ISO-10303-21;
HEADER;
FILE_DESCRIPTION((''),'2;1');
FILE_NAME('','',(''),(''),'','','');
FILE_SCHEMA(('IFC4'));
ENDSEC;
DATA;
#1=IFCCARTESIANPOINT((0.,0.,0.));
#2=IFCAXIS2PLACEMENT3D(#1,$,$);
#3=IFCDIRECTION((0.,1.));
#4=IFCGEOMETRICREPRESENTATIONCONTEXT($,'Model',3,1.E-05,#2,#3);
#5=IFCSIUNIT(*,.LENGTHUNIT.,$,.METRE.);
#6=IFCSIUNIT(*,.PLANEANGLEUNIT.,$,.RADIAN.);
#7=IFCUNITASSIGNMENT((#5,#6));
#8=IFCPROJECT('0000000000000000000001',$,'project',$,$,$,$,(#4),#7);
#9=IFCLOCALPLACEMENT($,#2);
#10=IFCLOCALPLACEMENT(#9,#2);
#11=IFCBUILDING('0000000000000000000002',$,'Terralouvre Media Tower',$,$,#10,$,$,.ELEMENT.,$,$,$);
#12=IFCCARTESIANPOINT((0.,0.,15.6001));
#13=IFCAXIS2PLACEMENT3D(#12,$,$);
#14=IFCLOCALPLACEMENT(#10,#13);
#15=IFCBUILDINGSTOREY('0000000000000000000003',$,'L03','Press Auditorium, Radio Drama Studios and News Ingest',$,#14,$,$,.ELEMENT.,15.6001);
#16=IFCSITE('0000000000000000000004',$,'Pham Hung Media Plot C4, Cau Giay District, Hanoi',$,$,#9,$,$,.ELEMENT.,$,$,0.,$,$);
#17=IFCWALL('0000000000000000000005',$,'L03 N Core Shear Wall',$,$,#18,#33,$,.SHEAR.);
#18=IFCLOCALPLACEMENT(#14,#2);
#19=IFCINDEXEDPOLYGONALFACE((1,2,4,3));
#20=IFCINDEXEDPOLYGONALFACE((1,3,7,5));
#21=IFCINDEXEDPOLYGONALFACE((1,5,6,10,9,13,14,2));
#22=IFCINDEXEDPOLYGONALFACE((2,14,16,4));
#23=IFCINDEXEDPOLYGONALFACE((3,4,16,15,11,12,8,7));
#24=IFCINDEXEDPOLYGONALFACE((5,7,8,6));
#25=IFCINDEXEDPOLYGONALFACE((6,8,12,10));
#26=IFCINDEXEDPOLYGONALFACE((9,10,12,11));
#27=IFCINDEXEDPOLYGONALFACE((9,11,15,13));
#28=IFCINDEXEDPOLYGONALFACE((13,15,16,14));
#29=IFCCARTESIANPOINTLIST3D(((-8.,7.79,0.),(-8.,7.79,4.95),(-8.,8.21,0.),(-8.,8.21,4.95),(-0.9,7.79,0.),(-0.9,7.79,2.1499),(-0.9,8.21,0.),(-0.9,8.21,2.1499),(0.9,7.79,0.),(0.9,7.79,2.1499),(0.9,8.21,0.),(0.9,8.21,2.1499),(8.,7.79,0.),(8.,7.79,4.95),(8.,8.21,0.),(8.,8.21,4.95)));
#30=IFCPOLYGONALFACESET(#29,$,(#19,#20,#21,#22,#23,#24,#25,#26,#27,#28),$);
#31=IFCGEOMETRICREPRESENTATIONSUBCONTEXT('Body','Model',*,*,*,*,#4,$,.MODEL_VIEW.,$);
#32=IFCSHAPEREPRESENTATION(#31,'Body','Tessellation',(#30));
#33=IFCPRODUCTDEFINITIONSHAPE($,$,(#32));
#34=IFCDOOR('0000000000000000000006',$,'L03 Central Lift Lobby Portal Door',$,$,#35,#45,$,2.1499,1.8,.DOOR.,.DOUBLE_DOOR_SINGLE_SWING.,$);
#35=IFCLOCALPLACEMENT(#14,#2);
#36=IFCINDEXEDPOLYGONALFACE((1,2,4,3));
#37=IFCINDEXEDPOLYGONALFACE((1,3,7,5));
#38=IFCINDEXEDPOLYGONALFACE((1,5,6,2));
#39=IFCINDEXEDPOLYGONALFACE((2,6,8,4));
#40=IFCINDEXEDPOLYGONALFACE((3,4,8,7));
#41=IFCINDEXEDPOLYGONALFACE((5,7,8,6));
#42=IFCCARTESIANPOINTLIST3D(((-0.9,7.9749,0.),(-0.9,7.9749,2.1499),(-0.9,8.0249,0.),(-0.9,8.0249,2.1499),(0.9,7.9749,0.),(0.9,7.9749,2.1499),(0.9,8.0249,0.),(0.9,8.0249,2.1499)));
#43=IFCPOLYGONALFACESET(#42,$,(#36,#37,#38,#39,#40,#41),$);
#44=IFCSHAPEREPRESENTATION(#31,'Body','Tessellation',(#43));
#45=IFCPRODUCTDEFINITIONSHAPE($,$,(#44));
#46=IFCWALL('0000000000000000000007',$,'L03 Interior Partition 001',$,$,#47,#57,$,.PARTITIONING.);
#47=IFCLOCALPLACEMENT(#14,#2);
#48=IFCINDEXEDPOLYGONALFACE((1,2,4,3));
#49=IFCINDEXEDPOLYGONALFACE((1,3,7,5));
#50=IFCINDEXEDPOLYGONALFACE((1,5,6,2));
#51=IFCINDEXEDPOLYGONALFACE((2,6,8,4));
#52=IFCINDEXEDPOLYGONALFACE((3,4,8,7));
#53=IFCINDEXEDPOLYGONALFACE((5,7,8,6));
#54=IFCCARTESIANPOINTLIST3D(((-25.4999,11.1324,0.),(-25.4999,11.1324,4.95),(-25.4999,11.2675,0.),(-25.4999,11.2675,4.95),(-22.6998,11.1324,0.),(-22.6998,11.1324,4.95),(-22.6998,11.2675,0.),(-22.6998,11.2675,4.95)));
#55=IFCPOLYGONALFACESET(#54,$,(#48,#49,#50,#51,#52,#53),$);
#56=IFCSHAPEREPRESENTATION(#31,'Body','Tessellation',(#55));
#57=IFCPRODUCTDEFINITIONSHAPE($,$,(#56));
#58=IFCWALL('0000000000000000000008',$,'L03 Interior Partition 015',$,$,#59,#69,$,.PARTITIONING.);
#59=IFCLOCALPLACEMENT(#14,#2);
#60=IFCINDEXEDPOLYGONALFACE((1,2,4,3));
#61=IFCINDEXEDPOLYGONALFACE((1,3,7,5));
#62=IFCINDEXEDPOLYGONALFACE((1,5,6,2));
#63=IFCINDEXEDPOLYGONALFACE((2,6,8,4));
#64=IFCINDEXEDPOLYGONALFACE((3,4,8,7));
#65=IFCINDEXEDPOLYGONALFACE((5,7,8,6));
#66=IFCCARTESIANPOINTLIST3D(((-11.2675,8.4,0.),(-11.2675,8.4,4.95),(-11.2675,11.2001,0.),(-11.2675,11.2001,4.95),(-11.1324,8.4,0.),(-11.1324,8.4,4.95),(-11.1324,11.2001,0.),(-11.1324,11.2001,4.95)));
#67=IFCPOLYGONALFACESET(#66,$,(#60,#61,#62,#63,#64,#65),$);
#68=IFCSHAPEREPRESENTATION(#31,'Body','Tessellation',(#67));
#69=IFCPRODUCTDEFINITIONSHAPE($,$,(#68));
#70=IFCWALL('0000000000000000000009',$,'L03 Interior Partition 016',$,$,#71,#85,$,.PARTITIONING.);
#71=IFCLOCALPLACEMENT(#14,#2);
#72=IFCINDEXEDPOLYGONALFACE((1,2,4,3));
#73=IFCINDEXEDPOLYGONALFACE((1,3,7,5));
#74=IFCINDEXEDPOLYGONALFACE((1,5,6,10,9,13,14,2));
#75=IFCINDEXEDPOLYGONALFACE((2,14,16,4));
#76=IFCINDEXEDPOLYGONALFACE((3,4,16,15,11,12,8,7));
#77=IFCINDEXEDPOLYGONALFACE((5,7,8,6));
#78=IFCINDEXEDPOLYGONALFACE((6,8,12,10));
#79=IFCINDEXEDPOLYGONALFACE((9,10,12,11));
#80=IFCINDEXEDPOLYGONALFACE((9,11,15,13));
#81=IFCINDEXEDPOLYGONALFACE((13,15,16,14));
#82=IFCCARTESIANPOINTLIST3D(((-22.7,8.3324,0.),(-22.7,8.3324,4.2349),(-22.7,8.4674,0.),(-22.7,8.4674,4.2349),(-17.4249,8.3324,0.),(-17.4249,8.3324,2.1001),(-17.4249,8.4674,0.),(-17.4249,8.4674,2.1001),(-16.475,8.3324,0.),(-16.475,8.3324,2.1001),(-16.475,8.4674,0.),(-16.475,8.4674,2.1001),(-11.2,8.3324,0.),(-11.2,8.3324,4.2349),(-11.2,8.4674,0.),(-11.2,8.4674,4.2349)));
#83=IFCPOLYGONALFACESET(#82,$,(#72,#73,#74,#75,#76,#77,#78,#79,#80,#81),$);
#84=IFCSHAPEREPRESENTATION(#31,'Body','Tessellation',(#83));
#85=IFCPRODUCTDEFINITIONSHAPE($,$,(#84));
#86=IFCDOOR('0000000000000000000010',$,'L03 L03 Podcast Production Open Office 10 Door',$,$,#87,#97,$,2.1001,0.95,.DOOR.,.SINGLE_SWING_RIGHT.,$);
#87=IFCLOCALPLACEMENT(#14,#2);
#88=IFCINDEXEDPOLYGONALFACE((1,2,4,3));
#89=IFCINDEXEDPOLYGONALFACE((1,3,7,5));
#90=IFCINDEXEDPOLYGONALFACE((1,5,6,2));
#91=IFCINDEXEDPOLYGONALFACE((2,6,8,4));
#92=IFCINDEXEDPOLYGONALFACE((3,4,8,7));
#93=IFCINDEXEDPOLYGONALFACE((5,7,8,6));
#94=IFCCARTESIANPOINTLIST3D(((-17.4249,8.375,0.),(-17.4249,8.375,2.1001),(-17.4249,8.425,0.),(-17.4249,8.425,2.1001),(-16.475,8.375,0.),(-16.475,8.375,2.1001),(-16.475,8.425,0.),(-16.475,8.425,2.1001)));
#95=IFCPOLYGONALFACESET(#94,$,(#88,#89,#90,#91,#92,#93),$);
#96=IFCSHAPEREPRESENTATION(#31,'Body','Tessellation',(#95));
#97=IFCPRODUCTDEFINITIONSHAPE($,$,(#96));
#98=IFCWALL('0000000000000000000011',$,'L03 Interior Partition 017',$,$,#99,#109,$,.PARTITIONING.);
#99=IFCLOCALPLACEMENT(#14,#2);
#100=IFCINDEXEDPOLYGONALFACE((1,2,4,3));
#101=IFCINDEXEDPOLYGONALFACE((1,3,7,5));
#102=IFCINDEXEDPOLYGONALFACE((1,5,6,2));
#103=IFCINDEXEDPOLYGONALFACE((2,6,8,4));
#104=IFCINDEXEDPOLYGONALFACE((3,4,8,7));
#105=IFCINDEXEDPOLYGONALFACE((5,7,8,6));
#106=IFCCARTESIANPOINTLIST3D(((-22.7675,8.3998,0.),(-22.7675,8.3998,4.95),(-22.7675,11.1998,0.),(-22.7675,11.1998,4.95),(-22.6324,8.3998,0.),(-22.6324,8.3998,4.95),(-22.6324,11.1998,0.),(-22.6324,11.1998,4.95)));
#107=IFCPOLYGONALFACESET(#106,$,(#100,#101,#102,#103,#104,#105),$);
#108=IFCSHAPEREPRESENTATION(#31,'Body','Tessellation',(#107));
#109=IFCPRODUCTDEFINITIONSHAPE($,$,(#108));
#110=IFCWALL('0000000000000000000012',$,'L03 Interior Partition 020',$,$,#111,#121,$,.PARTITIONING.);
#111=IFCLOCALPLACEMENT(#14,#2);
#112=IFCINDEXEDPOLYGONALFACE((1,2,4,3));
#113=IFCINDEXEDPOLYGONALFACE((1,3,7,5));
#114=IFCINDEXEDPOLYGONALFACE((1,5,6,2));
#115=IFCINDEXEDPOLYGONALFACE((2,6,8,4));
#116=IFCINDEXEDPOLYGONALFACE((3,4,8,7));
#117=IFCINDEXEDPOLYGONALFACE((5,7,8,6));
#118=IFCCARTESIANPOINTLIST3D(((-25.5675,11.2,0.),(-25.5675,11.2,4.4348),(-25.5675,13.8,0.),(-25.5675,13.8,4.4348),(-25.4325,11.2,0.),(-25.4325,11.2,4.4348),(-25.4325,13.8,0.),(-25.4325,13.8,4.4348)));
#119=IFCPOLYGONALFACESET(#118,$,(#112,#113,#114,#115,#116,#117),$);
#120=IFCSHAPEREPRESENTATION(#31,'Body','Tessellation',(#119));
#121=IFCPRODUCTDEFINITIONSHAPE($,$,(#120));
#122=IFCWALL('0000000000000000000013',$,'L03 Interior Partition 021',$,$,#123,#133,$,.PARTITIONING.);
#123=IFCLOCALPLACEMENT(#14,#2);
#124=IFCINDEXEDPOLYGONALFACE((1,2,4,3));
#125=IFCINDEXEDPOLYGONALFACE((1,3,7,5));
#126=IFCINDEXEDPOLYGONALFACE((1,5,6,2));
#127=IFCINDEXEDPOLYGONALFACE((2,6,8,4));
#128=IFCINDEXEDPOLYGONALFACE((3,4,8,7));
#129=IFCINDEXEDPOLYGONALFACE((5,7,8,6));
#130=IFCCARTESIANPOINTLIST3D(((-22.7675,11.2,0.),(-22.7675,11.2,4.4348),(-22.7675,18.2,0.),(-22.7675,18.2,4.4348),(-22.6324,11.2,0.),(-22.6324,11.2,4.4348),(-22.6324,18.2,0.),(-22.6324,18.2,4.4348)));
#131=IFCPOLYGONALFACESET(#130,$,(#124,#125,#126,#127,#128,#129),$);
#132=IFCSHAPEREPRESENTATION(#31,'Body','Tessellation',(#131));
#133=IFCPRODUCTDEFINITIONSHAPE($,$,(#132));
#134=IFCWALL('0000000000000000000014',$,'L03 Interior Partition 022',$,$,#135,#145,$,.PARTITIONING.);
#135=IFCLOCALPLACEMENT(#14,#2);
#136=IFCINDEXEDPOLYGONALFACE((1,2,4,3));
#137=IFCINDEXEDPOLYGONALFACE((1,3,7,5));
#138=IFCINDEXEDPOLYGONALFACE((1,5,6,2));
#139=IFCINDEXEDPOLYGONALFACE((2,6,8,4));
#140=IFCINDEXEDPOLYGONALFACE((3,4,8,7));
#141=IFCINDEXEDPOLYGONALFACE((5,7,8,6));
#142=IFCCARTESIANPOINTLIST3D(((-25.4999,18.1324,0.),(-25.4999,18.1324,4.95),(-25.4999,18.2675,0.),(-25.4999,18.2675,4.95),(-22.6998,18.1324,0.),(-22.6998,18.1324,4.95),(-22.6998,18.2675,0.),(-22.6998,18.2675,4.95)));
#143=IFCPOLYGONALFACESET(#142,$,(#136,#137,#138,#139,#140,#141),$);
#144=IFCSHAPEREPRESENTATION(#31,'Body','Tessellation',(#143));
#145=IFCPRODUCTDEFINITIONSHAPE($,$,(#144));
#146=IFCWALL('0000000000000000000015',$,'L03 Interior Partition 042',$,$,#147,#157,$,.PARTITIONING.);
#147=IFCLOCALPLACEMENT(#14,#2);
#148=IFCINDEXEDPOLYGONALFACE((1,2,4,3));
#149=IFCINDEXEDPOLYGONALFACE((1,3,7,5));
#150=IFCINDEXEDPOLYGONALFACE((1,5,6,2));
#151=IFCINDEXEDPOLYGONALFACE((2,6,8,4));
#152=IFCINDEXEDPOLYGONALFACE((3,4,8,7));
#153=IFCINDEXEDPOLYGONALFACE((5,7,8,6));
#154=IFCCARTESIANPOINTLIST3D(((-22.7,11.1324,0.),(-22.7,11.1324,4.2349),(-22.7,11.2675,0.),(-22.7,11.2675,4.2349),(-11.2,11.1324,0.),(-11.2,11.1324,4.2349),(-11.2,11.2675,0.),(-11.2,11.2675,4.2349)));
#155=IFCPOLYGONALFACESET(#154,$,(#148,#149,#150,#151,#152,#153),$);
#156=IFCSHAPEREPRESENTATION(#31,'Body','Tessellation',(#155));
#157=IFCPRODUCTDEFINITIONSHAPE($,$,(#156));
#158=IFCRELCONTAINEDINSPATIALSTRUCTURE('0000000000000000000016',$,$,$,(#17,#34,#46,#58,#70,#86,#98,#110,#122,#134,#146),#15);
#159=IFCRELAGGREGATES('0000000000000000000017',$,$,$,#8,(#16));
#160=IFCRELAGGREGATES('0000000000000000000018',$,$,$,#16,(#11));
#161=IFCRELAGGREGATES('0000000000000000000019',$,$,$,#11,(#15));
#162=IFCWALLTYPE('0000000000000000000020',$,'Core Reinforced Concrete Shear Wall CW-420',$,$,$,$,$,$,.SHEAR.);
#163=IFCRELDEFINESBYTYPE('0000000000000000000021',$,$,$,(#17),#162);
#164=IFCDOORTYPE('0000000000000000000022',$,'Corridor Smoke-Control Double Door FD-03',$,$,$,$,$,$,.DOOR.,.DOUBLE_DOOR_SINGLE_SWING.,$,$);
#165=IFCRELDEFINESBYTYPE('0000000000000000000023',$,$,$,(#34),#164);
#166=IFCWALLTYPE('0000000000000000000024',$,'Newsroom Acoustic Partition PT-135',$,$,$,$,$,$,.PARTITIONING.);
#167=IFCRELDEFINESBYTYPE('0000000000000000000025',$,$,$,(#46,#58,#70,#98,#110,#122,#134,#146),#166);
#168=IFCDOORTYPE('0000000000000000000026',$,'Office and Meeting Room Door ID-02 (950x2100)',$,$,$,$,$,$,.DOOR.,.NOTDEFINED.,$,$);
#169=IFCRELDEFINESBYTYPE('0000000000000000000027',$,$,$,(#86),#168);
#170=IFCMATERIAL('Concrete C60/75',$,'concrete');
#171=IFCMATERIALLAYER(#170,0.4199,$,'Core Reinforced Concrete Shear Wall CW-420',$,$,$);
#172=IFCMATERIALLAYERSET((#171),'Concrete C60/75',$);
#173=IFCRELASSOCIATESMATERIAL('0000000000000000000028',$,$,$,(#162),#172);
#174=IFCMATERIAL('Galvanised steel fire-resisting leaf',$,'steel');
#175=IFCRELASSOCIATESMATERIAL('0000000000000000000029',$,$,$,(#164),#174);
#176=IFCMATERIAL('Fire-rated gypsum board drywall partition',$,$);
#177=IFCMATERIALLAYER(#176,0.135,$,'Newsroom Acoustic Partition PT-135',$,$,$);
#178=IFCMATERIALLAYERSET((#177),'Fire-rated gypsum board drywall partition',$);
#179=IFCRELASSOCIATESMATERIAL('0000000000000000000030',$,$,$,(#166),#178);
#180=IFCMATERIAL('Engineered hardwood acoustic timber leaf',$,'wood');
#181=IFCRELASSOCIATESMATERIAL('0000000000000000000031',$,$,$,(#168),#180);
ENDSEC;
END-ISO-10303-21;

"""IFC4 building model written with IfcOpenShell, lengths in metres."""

from ifc_helpers import new_model, si_unit, direction, frame, frame_2d, origin, place, context, subcontext, project, spatial, rectangle, extrude, material, layer, layer_set, type_object, element, fill, save


model = new_model("IFC4")

# Units and contexts
model_context = context("Model", 3, precision=1e-05, world=origin(), true_north=direction((0.0, 1.0)))
body_context = subcontext(model_context, "Body", "Model", "MODEL_VIEW")
ifc_project = project(units=[si_unit("LENGTHUNIT", "METRE"), si_unit("PLANEANGLEUNIT", "RADIAN")], contexts=[model_context])

# Site, building, storey
site_placement = place(None, origin())
site = spatial("IfcSite", under=ifc_project, at=site_placement, Name="Pham Hung Media Plot C4, Cau Giay District, Hanoi", CompositionType="ELEMENT", RefElevation=0.0)
building_placement = place(site_placement, origin())
building = spatial("IfcBuilding", under=site, at=building_placement, Name="Terralouvre Media Tower", CompositionType="ELEMENT")
storey_placement = place(building_placement, frame((0.0, 0.0, 15.6001)))
storey = spatial("IfcBuildingStorey", under=building, at=storey_placement, Name="L03", Description="Press Auditorium, Radio Drama Studios and News Ingest", CompositionType="ELEMENT", Elevation=15.6001)

# Wall, opening, door
ifc_material_1 = material(Name="Concrete C60/75", Category="concrete")
ifc_layer_1 = layer(ifc_material_1, 0.4199, Name="Core Reinforced Concrete Shear Wall CW-420")
ifc_layer_set_1 = layer_set([ifc_layer_1], Name="Concrete C60/75")
wall_type_1 = type_object("IfcWallType", Name="Core Reinforced Concrete Shear Wall CW-420", PredefinedType="SHEAR", material=ifc_layer_set_1)
wall_1_placement = place(storey_placement, frame((-8.0, 8.0, 0.0), z_axis=(0.0, 0.0, 1.0), x_axis=(1.0, 0.0, 0.0)))
wall_1 = element("IfcWall", 1, at=wall_1_placement, inside=storey, type_object=wall_type_1, Name="L03 N Core Shear Wall", PredefinedType="SHEAR", context=body_context, shape_type="SweptSolid", body=[
    extrude(rectangle(XDim=16.0, YDim=0.4199, at=frame_2d((8.0, 0.0))), origin(), (0.0, 0.0, 1.0), 4.95),
])
opening_1_placement = place(wall_1_placement, frame((7.1001, 0.0, 0.0)))
opening_1 = element("IfcOpeningElement", 2, at=opening_1_placement, cuts=wall_1, PredefinedType="OPENING", context=body_context, shape_type="SweptSolid", body=[
    extrude(rectangle(XDim=1.8, YDim=2.1499, at=frame_2d((0.8999, 1.075))), frame((0.0, 0.22, 0.0), z_axis=(0.0, -1.0, 0.0), x_axis=(1.0, 0.0, 0.0)), (0.0, 0.0, 1.0), 0.4399),
])
ifc_material_2 = material(Name="Galvanised steel fire-resisting leaf", Category="steel")
door_type_1 = type_object("IfcDoorType", Name="Corridor Smoke-Control Double Door FD-03", OperationType="DOUBLE_DOOR_SINGLE_SWING", PredefinedType="DOOR", material=ifc_material_2)
door_1_placement = place(opening_1_placement, origin())
door_1 = element("IfcDoor", 3, at=door_1_placement, inside=storey, type_object=door_type_1, Name="L03 Central Lift Lobby Portal Door", OperationType="DOUBLE_DOOR_SINGLE_SWING", OverallHeight=2.1499, OverallWidth=1.8, PredefinedType="DOOR", context=body_context, shape_type="SweptSolid", body=[
    extrude(rectangle(XDim=1.8, YDim=2.1499, at=frame_2d((0.8999, 1.075))), frame((0.0, 0.0249, 0.0), z_axis=(0.0, -1.0, 0.0), x_axis=(1.0, 0.0, 0.0)), (0.0, 0.0, 1.0), 0.05),
])
fill(opening_1, door_1)

# Walls
ifc_material_3 = material(Name="Fire-rated gypsum board drywall partition")
ifc_layer_2 = layer(ifc_material_3, 0.135, Name="Newsroom Acoustic Partition PT-135")
ifc_layer_set_2 = layer_set([ifc_layer_2], Name="Fire-rated gypsum board drywall partition")
wall_type_2 = type_object("IfcWallType", Name="Newsroom Acoustic Partition PT-135", PredefinedType="PARTITIONING", material=ifc_layer_set_2)
for number, where, z_axis, x_axis, name in (
    (4, (-22.7, 11.2, 0.0), (0.0, 0.0, 1.0), (-1.0, 0.0, 0.0), "L03 Interior Partition 001"),
    (5, (-11.2, 11.2, 0.0), (0.0, 0.0, 1.0), (0.0, -1.0, 0.0), "L03 Interior Partition 015"),
):
    element("IfcWall", number, at=place(storey_placement, frame(where, z_axis=z_axis, x_axis=x_axis)), inside=storey, type_object=wall_type_2, Name=name, PredefinedType="PARTITIONING", context=body_context, shape_type="SweptSolid", body=[
        extrude(rectangle(XDim=2.8, YDim=0.135, at=frame_2d((1.3999, 0.0))), origin(), (0.0, 0.0, 1.0), 4.95),
    ])

# Wall, opening, door
wall_2_placement = place(storey_placement, frame((-11.2, 8.3999, 0.0), z_axis=(0.0, 0.0, 1.0), x_axis=(-1.0, 0.0, 0.0)))
wall_2 = element("IfcWall", 6, at=wall_2_placement, inside=storey, type_object=wall_type_2, Name="L03 Interior Partition 016", PredefinedType="PARTITIONING", context=body_context, shape_type="SweptSolid", body=[
    extrude(rectangle(XDim=11.5, YDim=0.135, at=frame_2d((5.75, 0.0))), origin(), (0.0, 0.0, 1.0), 4.2349),
])
opening_2_placement = place(wall_2_placement, frame((5.2749, 0.0, 0.0)))
opening_2 = element("IfcOpeningElement", 7, at=opening_2_placement, cuts=wall_2, PredefinedType="OPENING", context=body_context, shape_type="SweptSolid", body=[
    extrude(rectangle(XDim=0.95, YDim=2.1001, at=frame_2d((0.4751, 1.05))), frame((0.0, 0.0774, 0.0), z_axis=(0.0, -1.0, 0.0), x_axis=(1.0, 0.0, 0.0)), (0.0, 0.0, 1.0), 0.155),
])
ifc_material_4 = material(Name="Engineered hardwood acoustic timber leaf", Category="wood")
door_type_2 = type_object("IfcDoorType", Name="Office and Meeting Room Door ID-02 (950x2100)", OperationType="NOTDEFINED", PredefinedType="DOOR", material=ifc_material_4)
door_2_placement = place(opening_2_placement, origin())
door_2 = element("IfcDoor", 8, at=door_2_placement, inside=storey, type_object=door_type_2, Name="L03 L03 Podcast Production Open Office 10 Door", OperationType="SINGLE_SWING_RIGHT", OverallHeight=2.1001, OverallWidth=0.95, PredefinedType="DOOR", context=body_context, shape_type="SweptSolid", body=[
    extrude(rectangle(XDim=0.95, YDim=2.1001, at=frame_2d((0.4751, 1.05))), frame((0.0, 0.0249, 0.0), z_axis=(0.0, -1.0, 0.0), x_axis=(1.0, 0.0, 0.0)), (0.0, 0.0, 1.0), 0.05),
])
fill(opening_2, door_2)

# Walls
wall_3_placement = place(storey_placement, frame((-22.7, 8.3999, 0.0), z_axis=(0.0, 0.0, 1.0), x_axis=(0.0, 1.0, 0.0)))
element("IfcWall", 9, at=wall_3_placement, inside=storey, type_object=wall_type_2, Name="L03 Interior Partition 017", PredefinedType="PARTITIONING", context=body_context, shape_type="SweptSolid", body=[
    extrude(rectangle(XDim=2.8, YDim=0.135, at=frame_2d((1.3999, 0.0))), origin(), (0.0, 0.0, 1.0), 4.95),
])
wall_4_placement = place(storey_placement, frame((-25.5, 13.8, 0.0), z_axis=(0.0, 0.0, 1.0), x_axis=(0.0, -1.0, 0.0)))
element("IfcWall", 10, at=wall_4_placement, inside=storey, type_object=wall_type_2, Name="L03 Interior Partition 020", PredefinedType="PARTITIONING", context=body_context, shape_type="SweptSolid", body=[
    extrude(rectangle(XDim=2.6001, YDim=0.135, at=frame_2d((1.3, 0.0))), origin(), (0.0, 0.0, 1.0), 4.4348),
])
wall_5_placement = place(storey_placement, frame((-22.7, 11.2, 0.0), z_axis=(0.0, 0.0, 1.0), x_axis=(0.0, 1.0, 0.0)))
element("IfcWall", 11, at=wall_5_placement, inside=storey, type_object=wall_type_2, Name="L03 Interior Partition 021", PredefinedType="PARTITIONING", context=body_context, shape_type="SweptSolid", body=[
    extrude(rectangle(XDim=7.0, YDim=0.135, at=frame_2d((3.5, 0.0))), origin(), (0.0, 0.0, 1.0), 4.4348),
])
wall_6_placement = place(storey_placement, frame((-22.7, 18.2, 0.0), z_axis=(0.0, 0.0, 1.0), x_axis=(-1.0, 0.0, 0.0)))
element("IfcWall", 12, at=wall_6_placement, inside=storey, type_object=wall_type_2, Name="L03 Interior Partition 022", PredefinedType="PARTITIONING", context=body_context, shape_type="SweptSolid", body=[
    extrude(rectangle(XDim=2.8, YDim=0.135, at=frame_2d((1.3999, 0.0))), origin(), (0.0, 0.0, 1.0), 4.95),
])
wall_7_placement = place(storey_placement, frame((-22.7, 11.2, 0.0), z_axis=(0.0, 0.0, 1.0), x_axis=(1.0, 0.0, 0.0)))
element("IfcWall", 13, at=wall_7_placement, inside=storey, type_object=wall_type_2, Name="L03 Interior Partition 042", PredefinedType="PARTITIONING", context=body_context, shape_type="SweptSolid", body=[
    extrude(rectangle(XDim=11.5, YDim=0.135, at=frame_2d((5.75, 0.0))), origin(), (0.0, 0.0, 1.0), 4.2349),
])

save(model, "model.ifc")
